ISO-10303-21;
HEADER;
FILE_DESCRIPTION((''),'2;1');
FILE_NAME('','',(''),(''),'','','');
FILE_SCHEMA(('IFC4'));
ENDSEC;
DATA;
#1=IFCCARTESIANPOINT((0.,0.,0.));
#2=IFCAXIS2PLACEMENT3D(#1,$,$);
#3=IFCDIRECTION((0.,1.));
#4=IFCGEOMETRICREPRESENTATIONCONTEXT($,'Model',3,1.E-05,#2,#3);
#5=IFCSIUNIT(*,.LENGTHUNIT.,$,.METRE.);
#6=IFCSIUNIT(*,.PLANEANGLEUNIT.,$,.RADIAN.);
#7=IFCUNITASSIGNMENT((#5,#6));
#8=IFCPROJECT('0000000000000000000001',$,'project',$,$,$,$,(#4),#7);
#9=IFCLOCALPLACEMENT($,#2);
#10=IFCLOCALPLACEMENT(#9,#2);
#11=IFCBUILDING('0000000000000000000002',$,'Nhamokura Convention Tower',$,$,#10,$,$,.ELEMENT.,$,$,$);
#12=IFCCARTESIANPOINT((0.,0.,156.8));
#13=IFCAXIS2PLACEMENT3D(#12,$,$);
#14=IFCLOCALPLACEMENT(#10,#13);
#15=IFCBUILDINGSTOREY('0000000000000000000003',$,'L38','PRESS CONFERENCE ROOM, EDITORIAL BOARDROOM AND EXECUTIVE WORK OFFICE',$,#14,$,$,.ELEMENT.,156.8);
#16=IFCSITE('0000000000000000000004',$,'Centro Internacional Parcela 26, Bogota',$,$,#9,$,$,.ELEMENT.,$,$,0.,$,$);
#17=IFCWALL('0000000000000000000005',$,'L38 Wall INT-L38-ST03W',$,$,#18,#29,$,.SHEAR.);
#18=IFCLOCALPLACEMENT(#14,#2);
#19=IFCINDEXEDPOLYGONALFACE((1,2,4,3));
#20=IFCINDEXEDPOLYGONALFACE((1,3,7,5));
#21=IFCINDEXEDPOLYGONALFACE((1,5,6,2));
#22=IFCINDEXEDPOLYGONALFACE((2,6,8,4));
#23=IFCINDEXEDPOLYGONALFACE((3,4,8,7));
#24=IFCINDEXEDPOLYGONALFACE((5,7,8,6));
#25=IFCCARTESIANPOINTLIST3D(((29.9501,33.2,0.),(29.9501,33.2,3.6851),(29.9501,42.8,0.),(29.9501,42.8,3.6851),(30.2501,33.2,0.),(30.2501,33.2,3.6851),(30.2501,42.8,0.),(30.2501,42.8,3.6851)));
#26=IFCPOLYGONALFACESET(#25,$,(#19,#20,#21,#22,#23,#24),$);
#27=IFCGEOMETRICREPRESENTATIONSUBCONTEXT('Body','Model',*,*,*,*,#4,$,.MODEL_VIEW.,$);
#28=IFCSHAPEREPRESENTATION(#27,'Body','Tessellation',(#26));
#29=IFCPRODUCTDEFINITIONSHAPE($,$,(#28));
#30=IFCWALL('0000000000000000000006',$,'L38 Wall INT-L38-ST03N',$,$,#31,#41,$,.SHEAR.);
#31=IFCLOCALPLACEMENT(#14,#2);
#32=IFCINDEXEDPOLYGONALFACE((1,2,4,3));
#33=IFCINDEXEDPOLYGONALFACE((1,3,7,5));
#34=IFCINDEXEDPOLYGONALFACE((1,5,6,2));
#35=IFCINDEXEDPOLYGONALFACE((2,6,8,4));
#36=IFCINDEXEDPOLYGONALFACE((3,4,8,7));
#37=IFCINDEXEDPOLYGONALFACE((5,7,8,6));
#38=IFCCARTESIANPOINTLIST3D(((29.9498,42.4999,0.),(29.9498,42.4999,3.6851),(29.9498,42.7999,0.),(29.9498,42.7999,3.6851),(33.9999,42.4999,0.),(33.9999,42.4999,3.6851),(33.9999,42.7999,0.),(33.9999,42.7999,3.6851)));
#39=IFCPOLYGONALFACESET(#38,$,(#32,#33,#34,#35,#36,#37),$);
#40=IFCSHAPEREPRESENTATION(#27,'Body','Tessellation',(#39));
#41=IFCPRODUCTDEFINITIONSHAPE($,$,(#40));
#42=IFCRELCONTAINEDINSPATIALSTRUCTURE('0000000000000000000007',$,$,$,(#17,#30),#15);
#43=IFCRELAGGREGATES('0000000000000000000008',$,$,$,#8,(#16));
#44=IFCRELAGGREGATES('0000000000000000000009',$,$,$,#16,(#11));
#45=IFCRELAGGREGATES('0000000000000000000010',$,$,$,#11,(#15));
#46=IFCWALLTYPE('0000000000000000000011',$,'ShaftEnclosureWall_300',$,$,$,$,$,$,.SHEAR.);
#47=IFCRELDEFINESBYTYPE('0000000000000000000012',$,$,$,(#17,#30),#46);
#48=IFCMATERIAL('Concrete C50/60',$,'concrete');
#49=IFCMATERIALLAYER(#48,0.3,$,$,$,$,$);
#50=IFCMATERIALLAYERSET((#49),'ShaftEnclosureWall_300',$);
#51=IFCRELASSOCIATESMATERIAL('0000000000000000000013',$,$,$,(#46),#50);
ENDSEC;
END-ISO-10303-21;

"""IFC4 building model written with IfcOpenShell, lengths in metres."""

from ifc_helpers import new_model, si_unit, direction, frame, frame_2d, origin, place, context, subcontext, project, spatial, rectangle, extrude, material, layer, layer_set, type_object, element, save


model = new_model("IFC4")

# Units and contexts
model_context = context("Model", 3, precision=1e-05, world=origin(), true_north=direction((0.0, 1.0)))
body_context = subcontext(model_context, "Body", "Model", "MODEL_VIEW")
ifc_project = project(units=[si_unit("LENGTHUNIT", "METRE"), si_unit("PLANEANGLEUNIT", "RADIAN")], contexts=[model_context])

# Site, building, storey
site_placement = place(None, origin())
site = spatial("IfcSite", under=ifc_project, at=site_placement, Name="Centro Internacional Parcela 26, Bogota", CompositionType="ELEMENT", RefElevation=0.0)
building_placement = place(site_placement, origin())
building = spatial("IfcBuilding", under=site, at=building_placement, Name="Nhamokura Convention Tower", CompositionType="ELEMENT")
storey_placement = place(building_placement, frame((0.0, 0.0, 156.8)))
storey = spatial("IfcBuildingStorey", under=building, at=storey_placement, Name="L38", Description="PRESS CONFERENCE ROOM, EDITORIAL BOARDROOM AND EXECUTIVE WORK OFFICE", CompositionType="ELEMENT", Elevation=156.8)

# Wall
ifc_material_1 = material(Name="Concrete C50/60", Category="concrete")
ifc_layer_1 = layer(ifc_material_1, 0.3)
ifc_layer_set_1 = layer_set([ifc_layer_1], Name="ShaftEnclosureWall_300")
wall_type_1 = type_object("IfcWallType", Name="ShaftEnclosureWall_300", PredefinedType="SHEAR", material=ifc_layer_set_1)
wall_1_placement = place(storey_placement, frame((30.1001, 33.2, 0.0), z_axis=(0.0, 0.0, 1.0), x_axis=(0.0, 1.0, 0.0)))
element("IfcWall", 1, at=wall_1_placement, inside=storey, type_object=wall_type_1, Name="L38 Wall INT-L38-ST03W", PredefinedType="SHEAR", context=body_context, shape_type="SweptSolid", body=[
    extrude(rectangle(XDim=9.6001, YDim=0.3, at=frame_2d((4.8, 0.0))), origin(), (0.0, 0.0, 1.0), 3.6851),
])

# Wall
wall_2_placement = place(storey_placement, frame((29.95, 42.6499, 0.0), z_axis=(0.0, 0.0, 1.0), x_axis=(1.0, 0.0, 0.0)))
element("IfcWall", 2, at=wall_2_placement, inside=storey, type_object=wall_type_1, Name="L38 Wall INT-L38-ST03N", PredefinedType="SHEAR", context=body_context, shape_type="SweptSolid", body=[
    extrude(rectangle(XDim=4.05, YDim=0.3, at=frame_2d((2.0249, 0.0))), origin(), (0.0, 0.0, 1.0), 3.6851),
])

save(model, "model.ifc")
